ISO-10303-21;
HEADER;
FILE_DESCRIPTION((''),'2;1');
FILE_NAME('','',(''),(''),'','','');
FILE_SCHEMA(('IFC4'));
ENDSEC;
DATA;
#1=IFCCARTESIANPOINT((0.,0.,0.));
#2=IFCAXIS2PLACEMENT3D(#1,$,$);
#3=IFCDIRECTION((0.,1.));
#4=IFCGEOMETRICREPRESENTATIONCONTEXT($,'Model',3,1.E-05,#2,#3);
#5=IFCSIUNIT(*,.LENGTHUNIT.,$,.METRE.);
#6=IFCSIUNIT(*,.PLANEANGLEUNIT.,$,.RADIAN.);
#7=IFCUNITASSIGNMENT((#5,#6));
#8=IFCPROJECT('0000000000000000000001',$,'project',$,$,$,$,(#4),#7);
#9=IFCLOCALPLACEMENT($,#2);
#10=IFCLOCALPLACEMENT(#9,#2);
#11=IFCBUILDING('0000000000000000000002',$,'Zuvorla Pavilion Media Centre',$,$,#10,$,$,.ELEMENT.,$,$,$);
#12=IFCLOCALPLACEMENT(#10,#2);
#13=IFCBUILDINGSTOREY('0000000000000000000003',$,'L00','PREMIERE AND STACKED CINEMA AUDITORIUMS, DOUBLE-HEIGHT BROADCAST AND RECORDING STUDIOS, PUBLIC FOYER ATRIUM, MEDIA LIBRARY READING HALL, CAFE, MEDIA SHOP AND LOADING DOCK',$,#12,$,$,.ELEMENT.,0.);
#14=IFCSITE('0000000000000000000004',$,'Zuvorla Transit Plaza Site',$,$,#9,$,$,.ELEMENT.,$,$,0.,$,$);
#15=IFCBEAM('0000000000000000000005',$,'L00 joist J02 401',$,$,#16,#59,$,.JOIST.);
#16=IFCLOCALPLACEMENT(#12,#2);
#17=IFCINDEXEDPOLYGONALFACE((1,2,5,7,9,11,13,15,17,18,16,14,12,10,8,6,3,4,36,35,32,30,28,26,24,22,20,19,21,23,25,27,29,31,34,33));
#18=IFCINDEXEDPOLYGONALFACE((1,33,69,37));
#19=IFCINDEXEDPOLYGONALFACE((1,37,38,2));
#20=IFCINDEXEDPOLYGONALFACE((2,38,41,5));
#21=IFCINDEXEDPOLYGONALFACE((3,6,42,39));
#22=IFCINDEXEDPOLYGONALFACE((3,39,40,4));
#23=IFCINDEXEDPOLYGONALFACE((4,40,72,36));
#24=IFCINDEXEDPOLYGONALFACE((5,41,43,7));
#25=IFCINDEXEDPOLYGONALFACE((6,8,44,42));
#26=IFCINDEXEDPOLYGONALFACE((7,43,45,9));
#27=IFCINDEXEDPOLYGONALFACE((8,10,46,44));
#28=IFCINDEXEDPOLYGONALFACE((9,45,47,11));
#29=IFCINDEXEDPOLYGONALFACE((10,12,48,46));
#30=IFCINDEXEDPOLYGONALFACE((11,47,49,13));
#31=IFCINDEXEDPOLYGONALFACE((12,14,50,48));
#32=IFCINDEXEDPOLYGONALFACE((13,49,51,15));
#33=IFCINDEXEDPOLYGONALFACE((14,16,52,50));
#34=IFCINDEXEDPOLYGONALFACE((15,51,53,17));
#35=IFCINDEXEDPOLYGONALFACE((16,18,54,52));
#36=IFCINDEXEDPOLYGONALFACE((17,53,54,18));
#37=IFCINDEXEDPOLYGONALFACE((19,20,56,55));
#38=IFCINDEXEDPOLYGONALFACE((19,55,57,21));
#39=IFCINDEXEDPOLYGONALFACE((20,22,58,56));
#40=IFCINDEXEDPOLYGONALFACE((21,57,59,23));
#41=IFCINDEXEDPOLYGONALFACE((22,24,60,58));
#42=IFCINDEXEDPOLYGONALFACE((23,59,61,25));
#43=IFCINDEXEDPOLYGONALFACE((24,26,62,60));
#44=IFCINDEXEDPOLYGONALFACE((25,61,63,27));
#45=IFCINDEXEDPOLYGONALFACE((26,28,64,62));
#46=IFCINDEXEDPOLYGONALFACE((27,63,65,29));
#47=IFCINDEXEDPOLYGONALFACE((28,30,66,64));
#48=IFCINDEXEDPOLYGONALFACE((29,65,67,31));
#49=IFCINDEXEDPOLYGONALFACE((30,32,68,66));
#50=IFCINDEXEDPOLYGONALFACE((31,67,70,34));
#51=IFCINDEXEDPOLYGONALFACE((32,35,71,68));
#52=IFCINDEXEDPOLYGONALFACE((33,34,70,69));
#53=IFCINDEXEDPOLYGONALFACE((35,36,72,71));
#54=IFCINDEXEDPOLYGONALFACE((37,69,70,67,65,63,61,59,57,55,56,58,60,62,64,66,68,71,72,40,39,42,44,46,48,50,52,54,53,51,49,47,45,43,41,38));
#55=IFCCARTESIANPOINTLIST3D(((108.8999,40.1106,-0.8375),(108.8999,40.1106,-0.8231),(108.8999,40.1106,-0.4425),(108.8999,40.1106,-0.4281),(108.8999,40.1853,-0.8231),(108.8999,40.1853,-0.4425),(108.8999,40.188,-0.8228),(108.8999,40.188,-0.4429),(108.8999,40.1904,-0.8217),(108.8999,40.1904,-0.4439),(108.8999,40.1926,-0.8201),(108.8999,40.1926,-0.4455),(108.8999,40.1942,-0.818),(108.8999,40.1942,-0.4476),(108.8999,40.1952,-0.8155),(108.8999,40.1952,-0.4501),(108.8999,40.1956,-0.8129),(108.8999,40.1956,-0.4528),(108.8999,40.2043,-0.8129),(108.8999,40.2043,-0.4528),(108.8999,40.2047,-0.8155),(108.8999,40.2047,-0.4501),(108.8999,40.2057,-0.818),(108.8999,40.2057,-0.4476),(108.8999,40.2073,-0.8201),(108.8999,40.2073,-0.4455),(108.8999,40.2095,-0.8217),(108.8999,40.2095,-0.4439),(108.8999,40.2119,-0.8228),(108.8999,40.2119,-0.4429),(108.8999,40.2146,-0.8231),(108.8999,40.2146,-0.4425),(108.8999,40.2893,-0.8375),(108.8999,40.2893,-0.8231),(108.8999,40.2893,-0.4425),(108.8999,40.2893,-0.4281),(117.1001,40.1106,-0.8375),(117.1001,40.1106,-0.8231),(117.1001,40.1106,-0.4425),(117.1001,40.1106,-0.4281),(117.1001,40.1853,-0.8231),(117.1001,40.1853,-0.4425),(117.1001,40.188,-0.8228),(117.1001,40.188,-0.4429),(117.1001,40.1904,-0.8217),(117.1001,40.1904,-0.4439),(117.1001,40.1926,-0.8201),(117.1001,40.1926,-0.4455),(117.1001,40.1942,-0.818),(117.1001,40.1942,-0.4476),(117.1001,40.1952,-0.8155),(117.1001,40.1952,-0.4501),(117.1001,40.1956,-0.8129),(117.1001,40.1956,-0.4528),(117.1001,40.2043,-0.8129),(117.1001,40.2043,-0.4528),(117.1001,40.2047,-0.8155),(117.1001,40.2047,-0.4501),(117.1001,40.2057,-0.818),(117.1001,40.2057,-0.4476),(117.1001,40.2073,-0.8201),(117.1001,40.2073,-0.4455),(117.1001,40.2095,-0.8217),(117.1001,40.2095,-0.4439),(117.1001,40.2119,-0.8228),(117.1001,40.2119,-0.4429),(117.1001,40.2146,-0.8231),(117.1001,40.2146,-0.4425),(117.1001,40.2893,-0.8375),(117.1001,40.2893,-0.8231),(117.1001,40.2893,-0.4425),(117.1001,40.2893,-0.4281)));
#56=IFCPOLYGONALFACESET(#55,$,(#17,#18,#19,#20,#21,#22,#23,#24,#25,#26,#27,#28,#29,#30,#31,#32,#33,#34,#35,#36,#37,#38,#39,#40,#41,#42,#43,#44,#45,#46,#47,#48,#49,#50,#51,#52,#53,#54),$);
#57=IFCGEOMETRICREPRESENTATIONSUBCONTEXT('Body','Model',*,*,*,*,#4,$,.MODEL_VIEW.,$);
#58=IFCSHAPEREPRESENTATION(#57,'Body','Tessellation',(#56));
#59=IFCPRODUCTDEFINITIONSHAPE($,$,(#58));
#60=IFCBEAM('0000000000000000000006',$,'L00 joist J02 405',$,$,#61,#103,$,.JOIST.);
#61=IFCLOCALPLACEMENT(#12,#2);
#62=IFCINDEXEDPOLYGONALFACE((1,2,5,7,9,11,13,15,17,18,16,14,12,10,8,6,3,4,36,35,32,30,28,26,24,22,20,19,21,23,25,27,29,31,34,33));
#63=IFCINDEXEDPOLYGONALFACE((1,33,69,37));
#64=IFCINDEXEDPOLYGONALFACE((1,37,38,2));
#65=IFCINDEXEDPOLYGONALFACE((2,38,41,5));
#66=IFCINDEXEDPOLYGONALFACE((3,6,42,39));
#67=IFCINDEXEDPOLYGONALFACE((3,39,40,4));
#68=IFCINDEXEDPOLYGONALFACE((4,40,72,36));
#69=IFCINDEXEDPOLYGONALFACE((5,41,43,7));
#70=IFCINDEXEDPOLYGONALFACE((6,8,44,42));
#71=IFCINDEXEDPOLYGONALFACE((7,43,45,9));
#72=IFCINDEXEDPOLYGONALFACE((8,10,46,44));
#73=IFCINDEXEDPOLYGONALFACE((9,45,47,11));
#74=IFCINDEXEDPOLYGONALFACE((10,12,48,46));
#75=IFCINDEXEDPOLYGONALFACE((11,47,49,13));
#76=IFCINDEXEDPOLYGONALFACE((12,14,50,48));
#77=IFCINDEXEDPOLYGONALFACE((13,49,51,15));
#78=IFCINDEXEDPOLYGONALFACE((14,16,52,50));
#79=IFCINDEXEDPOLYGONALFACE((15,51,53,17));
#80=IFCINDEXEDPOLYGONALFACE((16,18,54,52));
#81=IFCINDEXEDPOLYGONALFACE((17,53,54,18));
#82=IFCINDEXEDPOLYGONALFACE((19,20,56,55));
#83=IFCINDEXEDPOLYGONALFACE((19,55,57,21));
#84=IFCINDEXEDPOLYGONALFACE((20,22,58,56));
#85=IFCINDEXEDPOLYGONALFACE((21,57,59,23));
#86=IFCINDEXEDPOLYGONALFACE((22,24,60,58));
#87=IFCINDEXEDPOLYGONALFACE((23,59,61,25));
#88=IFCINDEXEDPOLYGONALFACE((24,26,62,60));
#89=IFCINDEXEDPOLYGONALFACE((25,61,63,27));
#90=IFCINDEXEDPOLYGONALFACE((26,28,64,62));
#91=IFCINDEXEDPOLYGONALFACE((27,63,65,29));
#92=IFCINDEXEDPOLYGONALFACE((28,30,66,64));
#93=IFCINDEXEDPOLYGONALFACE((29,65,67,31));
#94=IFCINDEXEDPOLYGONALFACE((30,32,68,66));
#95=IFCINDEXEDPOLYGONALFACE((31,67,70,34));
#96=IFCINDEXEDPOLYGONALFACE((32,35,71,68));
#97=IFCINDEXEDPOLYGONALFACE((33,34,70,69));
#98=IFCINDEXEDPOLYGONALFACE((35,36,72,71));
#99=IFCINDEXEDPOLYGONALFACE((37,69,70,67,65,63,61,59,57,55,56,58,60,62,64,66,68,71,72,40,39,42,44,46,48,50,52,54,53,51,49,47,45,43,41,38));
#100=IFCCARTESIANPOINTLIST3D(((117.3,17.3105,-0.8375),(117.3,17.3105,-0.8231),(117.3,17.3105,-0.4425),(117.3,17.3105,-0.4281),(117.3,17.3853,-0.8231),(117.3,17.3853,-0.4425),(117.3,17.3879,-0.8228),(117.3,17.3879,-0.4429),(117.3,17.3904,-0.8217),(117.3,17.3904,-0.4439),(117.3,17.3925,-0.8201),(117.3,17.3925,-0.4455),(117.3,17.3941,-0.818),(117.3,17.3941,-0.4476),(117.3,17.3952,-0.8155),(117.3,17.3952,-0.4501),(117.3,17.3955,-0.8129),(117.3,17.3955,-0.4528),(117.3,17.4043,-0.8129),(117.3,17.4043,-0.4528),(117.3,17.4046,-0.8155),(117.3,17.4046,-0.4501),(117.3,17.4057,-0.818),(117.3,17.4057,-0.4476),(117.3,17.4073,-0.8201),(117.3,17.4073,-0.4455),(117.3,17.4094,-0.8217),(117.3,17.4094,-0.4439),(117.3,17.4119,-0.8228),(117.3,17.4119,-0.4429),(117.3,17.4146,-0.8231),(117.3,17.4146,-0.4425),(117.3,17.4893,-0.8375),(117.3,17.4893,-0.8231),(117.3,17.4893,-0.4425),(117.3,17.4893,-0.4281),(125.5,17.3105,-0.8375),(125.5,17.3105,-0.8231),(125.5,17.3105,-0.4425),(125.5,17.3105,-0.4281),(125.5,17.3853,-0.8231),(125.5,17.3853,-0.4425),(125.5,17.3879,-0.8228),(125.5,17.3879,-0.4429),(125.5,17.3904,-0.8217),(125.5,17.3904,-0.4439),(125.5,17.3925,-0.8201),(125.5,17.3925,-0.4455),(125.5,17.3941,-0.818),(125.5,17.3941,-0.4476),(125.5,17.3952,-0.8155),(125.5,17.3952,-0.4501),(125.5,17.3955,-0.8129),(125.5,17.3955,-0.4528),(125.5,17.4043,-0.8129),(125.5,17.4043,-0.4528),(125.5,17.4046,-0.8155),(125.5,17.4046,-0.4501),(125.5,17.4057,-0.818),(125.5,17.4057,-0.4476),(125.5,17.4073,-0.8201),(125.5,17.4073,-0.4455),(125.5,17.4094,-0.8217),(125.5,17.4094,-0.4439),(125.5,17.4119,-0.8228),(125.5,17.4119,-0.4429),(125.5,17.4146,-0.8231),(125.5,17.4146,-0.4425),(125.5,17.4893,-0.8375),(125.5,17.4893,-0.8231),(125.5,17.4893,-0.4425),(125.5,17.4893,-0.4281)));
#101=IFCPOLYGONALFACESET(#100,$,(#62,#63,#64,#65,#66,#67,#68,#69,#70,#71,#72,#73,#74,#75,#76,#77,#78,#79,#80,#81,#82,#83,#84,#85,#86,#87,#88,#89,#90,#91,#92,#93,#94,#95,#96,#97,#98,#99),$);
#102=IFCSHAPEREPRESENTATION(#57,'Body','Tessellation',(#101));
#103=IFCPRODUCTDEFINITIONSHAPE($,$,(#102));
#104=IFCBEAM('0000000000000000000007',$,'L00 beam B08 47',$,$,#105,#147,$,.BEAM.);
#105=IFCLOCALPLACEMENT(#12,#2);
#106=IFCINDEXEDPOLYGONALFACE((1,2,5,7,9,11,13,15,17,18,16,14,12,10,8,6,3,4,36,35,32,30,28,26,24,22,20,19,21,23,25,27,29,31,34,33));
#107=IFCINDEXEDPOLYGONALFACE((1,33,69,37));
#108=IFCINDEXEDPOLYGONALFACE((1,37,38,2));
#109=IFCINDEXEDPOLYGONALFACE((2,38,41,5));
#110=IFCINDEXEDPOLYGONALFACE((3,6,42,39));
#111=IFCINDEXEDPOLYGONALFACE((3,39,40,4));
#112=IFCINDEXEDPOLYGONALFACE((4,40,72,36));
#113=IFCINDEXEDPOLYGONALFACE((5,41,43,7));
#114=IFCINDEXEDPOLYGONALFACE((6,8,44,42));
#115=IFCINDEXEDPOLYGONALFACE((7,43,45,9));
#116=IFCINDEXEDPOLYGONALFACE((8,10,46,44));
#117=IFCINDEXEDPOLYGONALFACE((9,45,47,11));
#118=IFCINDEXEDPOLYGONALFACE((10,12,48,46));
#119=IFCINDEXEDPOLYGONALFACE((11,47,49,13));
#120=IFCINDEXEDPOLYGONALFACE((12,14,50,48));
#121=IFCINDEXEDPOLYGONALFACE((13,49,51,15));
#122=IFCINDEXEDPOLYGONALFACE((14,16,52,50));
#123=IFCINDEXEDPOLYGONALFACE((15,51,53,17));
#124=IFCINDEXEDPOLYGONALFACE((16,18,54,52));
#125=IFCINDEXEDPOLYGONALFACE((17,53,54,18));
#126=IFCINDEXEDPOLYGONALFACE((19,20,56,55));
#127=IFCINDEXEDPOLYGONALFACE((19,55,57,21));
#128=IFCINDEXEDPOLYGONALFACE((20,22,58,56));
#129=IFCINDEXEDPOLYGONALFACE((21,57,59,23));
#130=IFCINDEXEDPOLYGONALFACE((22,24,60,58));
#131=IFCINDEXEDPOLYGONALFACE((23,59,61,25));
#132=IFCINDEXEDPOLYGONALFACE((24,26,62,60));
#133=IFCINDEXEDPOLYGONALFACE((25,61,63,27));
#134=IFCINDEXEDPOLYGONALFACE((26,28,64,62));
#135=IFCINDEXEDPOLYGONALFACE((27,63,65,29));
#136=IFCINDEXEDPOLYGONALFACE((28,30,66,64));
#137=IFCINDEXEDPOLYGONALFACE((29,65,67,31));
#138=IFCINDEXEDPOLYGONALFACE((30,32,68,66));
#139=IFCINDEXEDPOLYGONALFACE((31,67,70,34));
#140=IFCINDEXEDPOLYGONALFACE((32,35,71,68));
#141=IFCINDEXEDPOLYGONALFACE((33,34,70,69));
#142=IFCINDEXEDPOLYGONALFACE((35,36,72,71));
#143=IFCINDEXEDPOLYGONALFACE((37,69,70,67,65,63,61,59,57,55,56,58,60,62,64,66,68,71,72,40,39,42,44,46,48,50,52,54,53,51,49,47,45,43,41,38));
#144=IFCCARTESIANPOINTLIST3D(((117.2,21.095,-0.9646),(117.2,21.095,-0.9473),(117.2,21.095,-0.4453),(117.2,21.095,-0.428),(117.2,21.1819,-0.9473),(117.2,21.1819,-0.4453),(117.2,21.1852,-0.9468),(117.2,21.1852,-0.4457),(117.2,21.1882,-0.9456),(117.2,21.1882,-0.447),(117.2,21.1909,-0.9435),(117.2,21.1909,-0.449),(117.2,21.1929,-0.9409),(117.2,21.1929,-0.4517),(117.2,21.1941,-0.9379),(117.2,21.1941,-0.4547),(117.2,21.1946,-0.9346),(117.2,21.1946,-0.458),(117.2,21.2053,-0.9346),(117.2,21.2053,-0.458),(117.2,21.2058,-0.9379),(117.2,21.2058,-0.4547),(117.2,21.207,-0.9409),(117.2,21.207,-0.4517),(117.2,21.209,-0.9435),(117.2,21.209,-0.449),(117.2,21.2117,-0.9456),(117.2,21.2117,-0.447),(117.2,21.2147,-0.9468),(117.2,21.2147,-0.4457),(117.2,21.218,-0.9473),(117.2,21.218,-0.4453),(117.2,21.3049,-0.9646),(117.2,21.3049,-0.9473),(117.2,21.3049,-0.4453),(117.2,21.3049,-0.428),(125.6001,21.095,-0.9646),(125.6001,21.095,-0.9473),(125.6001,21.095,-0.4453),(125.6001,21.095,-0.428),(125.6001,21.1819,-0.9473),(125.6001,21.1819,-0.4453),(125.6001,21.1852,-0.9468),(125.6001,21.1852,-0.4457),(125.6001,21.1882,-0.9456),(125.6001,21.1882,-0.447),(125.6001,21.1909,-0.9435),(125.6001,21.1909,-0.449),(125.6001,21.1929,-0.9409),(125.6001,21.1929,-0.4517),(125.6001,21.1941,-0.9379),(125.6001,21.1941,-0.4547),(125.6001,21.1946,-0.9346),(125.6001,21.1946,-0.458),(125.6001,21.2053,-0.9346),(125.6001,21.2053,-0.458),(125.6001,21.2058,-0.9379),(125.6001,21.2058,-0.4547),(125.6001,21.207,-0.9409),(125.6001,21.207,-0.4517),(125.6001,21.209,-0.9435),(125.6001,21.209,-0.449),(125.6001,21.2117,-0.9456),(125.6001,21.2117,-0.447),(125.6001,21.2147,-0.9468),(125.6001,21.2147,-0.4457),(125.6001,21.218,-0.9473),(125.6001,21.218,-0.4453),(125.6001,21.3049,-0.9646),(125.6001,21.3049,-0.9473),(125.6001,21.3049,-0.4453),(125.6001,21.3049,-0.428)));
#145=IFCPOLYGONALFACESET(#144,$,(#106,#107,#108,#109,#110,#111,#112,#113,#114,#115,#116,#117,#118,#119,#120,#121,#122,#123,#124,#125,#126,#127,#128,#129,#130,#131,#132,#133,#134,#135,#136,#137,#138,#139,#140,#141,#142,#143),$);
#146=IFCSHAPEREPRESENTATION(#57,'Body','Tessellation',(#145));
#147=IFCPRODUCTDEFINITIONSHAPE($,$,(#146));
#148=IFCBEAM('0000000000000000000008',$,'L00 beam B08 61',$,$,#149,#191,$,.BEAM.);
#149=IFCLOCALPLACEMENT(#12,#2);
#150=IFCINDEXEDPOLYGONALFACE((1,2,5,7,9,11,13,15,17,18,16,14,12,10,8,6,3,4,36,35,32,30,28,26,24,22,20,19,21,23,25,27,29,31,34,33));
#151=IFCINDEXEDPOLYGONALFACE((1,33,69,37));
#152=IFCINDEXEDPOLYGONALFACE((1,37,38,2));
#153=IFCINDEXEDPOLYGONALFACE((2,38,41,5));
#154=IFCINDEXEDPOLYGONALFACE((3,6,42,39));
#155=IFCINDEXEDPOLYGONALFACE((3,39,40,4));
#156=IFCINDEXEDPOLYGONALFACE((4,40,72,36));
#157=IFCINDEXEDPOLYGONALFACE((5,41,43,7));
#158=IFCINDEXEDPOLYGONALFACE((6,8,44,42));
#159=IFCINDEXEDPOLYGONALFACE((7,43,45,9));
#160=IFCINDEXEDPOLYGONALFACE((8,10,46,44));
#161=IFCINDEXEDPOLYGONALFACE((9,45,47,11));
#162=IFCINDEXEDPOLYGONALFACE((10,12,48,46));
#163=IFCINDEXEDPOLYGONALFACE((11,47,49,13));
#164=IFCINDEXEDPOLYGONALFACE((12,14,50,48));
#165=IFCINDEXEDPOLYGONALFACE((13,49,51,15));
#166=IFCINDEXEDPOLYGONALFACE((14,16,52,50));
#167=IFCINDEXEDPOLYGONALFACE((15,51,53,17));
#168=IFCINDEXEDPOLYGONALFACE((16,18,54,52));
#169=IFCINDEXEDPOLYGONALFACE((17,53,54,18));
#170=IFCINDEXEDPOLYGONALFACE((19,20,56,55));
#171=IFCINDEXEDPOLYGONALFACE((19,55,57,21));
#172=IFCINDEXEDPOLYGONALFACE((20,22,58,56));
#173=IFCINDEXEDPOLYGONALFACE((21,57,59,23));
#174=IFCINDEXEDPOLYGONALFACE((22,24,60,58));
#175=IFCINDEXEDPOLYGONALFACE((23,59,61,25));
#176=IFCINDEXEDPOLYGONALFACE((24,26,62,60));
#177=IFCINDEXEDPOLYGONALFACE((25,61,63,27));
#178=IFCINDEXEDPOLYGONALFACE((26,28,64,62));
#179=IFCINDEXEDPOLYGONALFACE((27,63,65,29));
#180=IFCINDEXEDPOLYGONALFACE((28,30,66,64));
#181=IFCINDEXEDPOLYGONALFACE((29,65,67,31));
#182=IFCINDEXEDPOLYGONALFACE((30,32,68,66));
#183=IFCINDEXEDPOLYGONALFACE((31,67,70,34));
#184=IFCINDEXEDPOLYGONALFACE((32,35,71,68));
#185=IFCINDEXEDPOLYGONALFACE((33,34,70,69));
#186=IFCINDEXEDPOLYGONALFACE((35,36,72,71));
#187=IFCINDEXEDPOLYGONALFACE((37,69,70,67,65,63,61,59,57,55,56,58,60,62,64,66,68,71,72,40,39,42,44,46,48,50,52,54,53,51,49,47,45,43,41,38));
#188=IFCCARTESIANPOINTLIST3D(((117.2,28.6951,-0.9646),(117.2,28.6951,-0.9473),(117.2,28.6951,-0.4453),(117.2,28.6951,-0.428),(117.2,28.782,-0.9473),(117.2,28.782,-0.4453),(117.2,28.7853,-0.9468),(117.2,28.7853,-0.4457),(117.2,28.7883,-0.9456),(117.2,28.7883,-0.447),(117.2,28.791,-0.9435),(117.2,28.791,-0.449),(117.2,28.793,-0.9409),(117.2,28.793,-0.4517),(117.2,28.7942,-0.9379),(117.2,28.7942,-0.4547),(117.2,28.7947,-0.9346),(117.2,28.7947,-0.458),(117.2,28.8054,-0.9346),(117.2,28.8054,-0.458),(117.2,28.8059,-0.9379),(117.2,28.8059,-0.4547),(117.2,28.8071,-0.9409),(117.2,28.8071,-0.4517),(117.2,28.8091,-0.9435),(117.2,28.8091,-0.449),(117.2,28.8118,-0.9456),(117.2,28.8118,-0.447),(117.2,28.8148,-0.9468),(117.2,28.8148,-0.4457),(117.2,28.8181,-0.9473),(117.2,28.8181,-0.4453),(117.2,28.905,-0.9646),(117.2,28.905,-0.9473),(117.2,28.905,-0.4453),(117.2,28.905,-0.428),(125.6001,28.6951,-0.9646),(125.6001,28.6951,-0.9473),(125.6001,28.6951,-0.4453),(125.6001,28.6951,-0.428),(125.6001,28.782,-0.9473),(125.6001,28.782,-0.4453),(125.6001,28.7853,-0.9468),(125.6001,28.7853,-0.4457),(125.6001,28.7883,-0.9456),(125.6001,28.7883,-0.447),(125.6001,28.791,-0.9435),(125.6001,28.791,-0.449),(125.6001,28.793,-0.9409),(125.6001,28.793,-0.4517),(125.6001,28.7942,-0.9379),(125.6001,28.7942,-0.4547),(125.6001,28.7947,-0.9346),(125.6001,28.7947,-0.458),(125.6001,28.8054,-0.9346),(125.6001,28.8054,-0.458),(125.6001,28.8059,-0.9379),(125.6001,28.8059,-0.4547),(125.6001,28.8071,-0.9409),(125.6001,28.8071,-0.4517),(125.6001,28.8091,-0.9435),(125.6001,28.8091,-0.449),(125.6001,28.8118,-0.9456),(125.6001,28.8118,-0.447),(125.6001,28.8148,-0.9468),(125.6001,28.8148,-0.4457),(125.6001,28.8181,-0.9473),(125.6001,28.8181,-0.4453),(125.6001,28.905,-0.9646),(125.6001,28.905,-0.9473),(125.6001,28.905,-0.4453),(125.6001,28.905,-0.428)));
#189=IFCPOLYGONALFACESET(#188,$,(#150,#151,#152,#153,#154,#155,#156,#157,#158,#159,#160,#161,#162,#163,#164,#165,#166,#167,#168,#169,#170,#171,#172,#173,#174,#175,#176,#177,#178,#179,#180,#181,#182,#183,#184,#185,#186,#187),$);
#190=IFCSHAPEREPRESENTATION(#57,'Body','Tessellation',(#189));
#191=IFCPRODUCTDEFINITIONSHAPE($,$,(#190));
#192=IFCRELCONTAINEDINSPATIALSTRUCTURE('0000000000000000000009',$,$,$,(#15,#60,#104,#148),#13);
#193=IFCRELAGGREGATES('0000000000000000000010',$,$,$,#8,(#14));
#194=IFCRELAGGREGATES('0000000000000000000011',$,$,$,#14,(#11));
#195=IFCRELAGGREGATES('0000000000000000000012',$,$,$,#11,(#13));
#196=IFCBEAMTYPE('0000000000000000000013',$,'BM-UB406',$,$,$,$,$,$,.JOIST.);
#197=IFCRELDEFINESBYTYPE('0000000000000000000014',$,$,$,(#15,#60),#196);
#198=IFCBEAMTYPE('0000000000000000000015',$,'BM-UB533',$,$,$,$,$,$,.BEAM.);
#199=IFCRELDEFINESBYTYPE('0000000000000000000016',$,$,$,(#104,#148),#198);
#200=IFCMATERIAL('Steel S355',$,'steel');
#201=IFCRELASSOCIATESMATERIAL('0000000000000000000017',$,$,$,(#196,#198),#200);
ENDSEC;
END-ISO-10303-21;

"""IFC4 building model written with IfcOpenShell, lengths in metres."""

from ifc_helpers import new_model, si_unit, direction, frame, origin, origin_2d, place, context, subcontext, project, spatial, i_section, extrude, material, material_profile, profile_set, type_object, element, save


model = new_model("IFC4")

# Units and contexts
model_context = context("Model", 3, precision=1e-05, world=origin(), true_north=direction((0.0, 1.0)))
body_context = subcontext(model_context, "Body", "Model", "MODEL_VIEW")
ifc_project = project(units=[si_unit("LENGTHUNIT", "METRE"), si_unit("PLANEANGLEUNIT", "RADIAN")], contexts=[model_context])

# Site, building, storey
site_placement = place(None, origin())
site = spatial("IfcSite", under=ifc_project, at=site_placement, Name="Zuvorla Transit Plaza Site", CompositionType="ELEMENT", RefElevation=0.0)
building_placement = place(site_placement, origin())
building = spatial("IfcBuilding", under=site, at=building_placement, Name="Zuvorla Pavilion Media Centre", CompositionType="ELEMENT")
storey_placement = place(building_placement, origin())
storey = spatial("IfcBuildingStorey", under=building, at=storey_placement, Name="L00", Description="PREMIERE AND STACKED CINEMA AUDITORIUMS, DOUBLE-HEIGHT BROADCAST AND RECORDING STUDIOS, PUBLIC FOYER ATRIUM, MEDIA LIBRARY READING HALL, CAFE, MEDIA SHOP AND LOADING DOCK", CompositionType="ELEMENT", Elevation=0.0)

# Beams
ifc_material_1 = material(Name="Steel S355", Category="steel")
ifc_material_profile_1 = material_profile(ifc_material_1, i_section(OverallWidth=0.1787, OverallDepth=0.4094, WebThickness=0.0088, FlangeThickness=0.0144, FilletRadius=0.0103, at=origin_2d()), Name="UB 406x178x67")
ifc_profile_set_1 = profile_set([ifc_material_profile_1], Name="Steel S355")
beam_type_1 = type_object("IfcBeamType", Name="BM-UB406", PredefinedType="JOIST", material=ifc_profile_set_1)
for number, where, z_axis, x_axis, name in (
    (1, (108.8999, 40.2, -0.6328), (1.0, 0.0, 0.0), (0.0, 1.0, 0.0), "L00 joist J02 401"),
):
    element("IfcBeam", number, at=place(storey_placement, frame(where, z_axis=z_axis, x_axis=x_axis)), inside=storey, type_object=beam_type_1, Name=name, PredefinedType="JOIST", context=body_context, shape_type="SweptSolid", body=[
        extrude(i_section(OverallWidth=0.1787, OverallDepth=0.4094, WebThickness=0.0088, FlangeThickness=0.0144, FilletRadius=0.0103, at=origin_2d()), origin(), (0.0, 0.0, 1.0), 8.2002),
    ])
beam_1_placement = place(storey_placement, frame((117.3, 17.3999, -0.6328), z_axis=(1.0, 0.0, 0.0), x_axis=(0.0, 1.0, 0.0)))
element("IfcBeam", 2, at=beam_1_placement, inside=storey, type_object=beam_type_1, Name="L00 joist J02 405", PredefinedType="JOIST", context=body_context, shape_type="SweptSolid", body=[
    extrude(i_section(OverallWidth=0.1787, OverallDepth=0.4094, WebThickness=0.0088, FlangeThickness=0.0144, FilletRadius=0.0103, at=origin_2d()), origin(), (0.0, 0.0, 1.0), 8.2),
])
ifc_material_profile_2 = material_profile(ifc_material_1, i_section(OverallWidth=0.21, OverallDepth=0.5366, WebThickness=0.0107, FlangeThickness=0.0173, FilletRadius=0.0127, at=origin_2d()), Name="UB 533x210x101")
ifc_profile_set_2 = profile_set([ifc_material_profile_2], Name="Steel S355")
beam_type_2 = type_object("IfcBeamType", Name="BM-UB533", PredefinedType="BEAM", material=ifc_profile_set_2)
for number, where, z_axis, x_axis, name in (
    (3, (117.2, 21.2, -0.6963), (1.0, 0.0, 0.0), (0.0, 1.0, 0.0), "L00 beam B08 47"),
    (4, (117.2, 28.8, -0.6963), (1.0, 0.0, 0.0), (0.0, 1.0, 0.0), "L00 beam B08 61"),
):
    element("IfcBeam", number, at=place(storey_placement, frame(where, z_axis=z_axis, x_axis=x_axis)), inside=storey, type_object=beam_type_2, Name=name, PredefinedType="BEAM", context=body_context, shape_type="SweptSolid", body=[
        extrude(i_section(OverallWidth=0.21, OverallDepth=0.5366, WebThickness=0.0107, FlangeThickness=0.0173, FilletRadius=0.0127, at=origin_2d()), origin(), (0.0, 0.0, 1.0), 8.4001),
    ])

save(model, "model.ifc")
